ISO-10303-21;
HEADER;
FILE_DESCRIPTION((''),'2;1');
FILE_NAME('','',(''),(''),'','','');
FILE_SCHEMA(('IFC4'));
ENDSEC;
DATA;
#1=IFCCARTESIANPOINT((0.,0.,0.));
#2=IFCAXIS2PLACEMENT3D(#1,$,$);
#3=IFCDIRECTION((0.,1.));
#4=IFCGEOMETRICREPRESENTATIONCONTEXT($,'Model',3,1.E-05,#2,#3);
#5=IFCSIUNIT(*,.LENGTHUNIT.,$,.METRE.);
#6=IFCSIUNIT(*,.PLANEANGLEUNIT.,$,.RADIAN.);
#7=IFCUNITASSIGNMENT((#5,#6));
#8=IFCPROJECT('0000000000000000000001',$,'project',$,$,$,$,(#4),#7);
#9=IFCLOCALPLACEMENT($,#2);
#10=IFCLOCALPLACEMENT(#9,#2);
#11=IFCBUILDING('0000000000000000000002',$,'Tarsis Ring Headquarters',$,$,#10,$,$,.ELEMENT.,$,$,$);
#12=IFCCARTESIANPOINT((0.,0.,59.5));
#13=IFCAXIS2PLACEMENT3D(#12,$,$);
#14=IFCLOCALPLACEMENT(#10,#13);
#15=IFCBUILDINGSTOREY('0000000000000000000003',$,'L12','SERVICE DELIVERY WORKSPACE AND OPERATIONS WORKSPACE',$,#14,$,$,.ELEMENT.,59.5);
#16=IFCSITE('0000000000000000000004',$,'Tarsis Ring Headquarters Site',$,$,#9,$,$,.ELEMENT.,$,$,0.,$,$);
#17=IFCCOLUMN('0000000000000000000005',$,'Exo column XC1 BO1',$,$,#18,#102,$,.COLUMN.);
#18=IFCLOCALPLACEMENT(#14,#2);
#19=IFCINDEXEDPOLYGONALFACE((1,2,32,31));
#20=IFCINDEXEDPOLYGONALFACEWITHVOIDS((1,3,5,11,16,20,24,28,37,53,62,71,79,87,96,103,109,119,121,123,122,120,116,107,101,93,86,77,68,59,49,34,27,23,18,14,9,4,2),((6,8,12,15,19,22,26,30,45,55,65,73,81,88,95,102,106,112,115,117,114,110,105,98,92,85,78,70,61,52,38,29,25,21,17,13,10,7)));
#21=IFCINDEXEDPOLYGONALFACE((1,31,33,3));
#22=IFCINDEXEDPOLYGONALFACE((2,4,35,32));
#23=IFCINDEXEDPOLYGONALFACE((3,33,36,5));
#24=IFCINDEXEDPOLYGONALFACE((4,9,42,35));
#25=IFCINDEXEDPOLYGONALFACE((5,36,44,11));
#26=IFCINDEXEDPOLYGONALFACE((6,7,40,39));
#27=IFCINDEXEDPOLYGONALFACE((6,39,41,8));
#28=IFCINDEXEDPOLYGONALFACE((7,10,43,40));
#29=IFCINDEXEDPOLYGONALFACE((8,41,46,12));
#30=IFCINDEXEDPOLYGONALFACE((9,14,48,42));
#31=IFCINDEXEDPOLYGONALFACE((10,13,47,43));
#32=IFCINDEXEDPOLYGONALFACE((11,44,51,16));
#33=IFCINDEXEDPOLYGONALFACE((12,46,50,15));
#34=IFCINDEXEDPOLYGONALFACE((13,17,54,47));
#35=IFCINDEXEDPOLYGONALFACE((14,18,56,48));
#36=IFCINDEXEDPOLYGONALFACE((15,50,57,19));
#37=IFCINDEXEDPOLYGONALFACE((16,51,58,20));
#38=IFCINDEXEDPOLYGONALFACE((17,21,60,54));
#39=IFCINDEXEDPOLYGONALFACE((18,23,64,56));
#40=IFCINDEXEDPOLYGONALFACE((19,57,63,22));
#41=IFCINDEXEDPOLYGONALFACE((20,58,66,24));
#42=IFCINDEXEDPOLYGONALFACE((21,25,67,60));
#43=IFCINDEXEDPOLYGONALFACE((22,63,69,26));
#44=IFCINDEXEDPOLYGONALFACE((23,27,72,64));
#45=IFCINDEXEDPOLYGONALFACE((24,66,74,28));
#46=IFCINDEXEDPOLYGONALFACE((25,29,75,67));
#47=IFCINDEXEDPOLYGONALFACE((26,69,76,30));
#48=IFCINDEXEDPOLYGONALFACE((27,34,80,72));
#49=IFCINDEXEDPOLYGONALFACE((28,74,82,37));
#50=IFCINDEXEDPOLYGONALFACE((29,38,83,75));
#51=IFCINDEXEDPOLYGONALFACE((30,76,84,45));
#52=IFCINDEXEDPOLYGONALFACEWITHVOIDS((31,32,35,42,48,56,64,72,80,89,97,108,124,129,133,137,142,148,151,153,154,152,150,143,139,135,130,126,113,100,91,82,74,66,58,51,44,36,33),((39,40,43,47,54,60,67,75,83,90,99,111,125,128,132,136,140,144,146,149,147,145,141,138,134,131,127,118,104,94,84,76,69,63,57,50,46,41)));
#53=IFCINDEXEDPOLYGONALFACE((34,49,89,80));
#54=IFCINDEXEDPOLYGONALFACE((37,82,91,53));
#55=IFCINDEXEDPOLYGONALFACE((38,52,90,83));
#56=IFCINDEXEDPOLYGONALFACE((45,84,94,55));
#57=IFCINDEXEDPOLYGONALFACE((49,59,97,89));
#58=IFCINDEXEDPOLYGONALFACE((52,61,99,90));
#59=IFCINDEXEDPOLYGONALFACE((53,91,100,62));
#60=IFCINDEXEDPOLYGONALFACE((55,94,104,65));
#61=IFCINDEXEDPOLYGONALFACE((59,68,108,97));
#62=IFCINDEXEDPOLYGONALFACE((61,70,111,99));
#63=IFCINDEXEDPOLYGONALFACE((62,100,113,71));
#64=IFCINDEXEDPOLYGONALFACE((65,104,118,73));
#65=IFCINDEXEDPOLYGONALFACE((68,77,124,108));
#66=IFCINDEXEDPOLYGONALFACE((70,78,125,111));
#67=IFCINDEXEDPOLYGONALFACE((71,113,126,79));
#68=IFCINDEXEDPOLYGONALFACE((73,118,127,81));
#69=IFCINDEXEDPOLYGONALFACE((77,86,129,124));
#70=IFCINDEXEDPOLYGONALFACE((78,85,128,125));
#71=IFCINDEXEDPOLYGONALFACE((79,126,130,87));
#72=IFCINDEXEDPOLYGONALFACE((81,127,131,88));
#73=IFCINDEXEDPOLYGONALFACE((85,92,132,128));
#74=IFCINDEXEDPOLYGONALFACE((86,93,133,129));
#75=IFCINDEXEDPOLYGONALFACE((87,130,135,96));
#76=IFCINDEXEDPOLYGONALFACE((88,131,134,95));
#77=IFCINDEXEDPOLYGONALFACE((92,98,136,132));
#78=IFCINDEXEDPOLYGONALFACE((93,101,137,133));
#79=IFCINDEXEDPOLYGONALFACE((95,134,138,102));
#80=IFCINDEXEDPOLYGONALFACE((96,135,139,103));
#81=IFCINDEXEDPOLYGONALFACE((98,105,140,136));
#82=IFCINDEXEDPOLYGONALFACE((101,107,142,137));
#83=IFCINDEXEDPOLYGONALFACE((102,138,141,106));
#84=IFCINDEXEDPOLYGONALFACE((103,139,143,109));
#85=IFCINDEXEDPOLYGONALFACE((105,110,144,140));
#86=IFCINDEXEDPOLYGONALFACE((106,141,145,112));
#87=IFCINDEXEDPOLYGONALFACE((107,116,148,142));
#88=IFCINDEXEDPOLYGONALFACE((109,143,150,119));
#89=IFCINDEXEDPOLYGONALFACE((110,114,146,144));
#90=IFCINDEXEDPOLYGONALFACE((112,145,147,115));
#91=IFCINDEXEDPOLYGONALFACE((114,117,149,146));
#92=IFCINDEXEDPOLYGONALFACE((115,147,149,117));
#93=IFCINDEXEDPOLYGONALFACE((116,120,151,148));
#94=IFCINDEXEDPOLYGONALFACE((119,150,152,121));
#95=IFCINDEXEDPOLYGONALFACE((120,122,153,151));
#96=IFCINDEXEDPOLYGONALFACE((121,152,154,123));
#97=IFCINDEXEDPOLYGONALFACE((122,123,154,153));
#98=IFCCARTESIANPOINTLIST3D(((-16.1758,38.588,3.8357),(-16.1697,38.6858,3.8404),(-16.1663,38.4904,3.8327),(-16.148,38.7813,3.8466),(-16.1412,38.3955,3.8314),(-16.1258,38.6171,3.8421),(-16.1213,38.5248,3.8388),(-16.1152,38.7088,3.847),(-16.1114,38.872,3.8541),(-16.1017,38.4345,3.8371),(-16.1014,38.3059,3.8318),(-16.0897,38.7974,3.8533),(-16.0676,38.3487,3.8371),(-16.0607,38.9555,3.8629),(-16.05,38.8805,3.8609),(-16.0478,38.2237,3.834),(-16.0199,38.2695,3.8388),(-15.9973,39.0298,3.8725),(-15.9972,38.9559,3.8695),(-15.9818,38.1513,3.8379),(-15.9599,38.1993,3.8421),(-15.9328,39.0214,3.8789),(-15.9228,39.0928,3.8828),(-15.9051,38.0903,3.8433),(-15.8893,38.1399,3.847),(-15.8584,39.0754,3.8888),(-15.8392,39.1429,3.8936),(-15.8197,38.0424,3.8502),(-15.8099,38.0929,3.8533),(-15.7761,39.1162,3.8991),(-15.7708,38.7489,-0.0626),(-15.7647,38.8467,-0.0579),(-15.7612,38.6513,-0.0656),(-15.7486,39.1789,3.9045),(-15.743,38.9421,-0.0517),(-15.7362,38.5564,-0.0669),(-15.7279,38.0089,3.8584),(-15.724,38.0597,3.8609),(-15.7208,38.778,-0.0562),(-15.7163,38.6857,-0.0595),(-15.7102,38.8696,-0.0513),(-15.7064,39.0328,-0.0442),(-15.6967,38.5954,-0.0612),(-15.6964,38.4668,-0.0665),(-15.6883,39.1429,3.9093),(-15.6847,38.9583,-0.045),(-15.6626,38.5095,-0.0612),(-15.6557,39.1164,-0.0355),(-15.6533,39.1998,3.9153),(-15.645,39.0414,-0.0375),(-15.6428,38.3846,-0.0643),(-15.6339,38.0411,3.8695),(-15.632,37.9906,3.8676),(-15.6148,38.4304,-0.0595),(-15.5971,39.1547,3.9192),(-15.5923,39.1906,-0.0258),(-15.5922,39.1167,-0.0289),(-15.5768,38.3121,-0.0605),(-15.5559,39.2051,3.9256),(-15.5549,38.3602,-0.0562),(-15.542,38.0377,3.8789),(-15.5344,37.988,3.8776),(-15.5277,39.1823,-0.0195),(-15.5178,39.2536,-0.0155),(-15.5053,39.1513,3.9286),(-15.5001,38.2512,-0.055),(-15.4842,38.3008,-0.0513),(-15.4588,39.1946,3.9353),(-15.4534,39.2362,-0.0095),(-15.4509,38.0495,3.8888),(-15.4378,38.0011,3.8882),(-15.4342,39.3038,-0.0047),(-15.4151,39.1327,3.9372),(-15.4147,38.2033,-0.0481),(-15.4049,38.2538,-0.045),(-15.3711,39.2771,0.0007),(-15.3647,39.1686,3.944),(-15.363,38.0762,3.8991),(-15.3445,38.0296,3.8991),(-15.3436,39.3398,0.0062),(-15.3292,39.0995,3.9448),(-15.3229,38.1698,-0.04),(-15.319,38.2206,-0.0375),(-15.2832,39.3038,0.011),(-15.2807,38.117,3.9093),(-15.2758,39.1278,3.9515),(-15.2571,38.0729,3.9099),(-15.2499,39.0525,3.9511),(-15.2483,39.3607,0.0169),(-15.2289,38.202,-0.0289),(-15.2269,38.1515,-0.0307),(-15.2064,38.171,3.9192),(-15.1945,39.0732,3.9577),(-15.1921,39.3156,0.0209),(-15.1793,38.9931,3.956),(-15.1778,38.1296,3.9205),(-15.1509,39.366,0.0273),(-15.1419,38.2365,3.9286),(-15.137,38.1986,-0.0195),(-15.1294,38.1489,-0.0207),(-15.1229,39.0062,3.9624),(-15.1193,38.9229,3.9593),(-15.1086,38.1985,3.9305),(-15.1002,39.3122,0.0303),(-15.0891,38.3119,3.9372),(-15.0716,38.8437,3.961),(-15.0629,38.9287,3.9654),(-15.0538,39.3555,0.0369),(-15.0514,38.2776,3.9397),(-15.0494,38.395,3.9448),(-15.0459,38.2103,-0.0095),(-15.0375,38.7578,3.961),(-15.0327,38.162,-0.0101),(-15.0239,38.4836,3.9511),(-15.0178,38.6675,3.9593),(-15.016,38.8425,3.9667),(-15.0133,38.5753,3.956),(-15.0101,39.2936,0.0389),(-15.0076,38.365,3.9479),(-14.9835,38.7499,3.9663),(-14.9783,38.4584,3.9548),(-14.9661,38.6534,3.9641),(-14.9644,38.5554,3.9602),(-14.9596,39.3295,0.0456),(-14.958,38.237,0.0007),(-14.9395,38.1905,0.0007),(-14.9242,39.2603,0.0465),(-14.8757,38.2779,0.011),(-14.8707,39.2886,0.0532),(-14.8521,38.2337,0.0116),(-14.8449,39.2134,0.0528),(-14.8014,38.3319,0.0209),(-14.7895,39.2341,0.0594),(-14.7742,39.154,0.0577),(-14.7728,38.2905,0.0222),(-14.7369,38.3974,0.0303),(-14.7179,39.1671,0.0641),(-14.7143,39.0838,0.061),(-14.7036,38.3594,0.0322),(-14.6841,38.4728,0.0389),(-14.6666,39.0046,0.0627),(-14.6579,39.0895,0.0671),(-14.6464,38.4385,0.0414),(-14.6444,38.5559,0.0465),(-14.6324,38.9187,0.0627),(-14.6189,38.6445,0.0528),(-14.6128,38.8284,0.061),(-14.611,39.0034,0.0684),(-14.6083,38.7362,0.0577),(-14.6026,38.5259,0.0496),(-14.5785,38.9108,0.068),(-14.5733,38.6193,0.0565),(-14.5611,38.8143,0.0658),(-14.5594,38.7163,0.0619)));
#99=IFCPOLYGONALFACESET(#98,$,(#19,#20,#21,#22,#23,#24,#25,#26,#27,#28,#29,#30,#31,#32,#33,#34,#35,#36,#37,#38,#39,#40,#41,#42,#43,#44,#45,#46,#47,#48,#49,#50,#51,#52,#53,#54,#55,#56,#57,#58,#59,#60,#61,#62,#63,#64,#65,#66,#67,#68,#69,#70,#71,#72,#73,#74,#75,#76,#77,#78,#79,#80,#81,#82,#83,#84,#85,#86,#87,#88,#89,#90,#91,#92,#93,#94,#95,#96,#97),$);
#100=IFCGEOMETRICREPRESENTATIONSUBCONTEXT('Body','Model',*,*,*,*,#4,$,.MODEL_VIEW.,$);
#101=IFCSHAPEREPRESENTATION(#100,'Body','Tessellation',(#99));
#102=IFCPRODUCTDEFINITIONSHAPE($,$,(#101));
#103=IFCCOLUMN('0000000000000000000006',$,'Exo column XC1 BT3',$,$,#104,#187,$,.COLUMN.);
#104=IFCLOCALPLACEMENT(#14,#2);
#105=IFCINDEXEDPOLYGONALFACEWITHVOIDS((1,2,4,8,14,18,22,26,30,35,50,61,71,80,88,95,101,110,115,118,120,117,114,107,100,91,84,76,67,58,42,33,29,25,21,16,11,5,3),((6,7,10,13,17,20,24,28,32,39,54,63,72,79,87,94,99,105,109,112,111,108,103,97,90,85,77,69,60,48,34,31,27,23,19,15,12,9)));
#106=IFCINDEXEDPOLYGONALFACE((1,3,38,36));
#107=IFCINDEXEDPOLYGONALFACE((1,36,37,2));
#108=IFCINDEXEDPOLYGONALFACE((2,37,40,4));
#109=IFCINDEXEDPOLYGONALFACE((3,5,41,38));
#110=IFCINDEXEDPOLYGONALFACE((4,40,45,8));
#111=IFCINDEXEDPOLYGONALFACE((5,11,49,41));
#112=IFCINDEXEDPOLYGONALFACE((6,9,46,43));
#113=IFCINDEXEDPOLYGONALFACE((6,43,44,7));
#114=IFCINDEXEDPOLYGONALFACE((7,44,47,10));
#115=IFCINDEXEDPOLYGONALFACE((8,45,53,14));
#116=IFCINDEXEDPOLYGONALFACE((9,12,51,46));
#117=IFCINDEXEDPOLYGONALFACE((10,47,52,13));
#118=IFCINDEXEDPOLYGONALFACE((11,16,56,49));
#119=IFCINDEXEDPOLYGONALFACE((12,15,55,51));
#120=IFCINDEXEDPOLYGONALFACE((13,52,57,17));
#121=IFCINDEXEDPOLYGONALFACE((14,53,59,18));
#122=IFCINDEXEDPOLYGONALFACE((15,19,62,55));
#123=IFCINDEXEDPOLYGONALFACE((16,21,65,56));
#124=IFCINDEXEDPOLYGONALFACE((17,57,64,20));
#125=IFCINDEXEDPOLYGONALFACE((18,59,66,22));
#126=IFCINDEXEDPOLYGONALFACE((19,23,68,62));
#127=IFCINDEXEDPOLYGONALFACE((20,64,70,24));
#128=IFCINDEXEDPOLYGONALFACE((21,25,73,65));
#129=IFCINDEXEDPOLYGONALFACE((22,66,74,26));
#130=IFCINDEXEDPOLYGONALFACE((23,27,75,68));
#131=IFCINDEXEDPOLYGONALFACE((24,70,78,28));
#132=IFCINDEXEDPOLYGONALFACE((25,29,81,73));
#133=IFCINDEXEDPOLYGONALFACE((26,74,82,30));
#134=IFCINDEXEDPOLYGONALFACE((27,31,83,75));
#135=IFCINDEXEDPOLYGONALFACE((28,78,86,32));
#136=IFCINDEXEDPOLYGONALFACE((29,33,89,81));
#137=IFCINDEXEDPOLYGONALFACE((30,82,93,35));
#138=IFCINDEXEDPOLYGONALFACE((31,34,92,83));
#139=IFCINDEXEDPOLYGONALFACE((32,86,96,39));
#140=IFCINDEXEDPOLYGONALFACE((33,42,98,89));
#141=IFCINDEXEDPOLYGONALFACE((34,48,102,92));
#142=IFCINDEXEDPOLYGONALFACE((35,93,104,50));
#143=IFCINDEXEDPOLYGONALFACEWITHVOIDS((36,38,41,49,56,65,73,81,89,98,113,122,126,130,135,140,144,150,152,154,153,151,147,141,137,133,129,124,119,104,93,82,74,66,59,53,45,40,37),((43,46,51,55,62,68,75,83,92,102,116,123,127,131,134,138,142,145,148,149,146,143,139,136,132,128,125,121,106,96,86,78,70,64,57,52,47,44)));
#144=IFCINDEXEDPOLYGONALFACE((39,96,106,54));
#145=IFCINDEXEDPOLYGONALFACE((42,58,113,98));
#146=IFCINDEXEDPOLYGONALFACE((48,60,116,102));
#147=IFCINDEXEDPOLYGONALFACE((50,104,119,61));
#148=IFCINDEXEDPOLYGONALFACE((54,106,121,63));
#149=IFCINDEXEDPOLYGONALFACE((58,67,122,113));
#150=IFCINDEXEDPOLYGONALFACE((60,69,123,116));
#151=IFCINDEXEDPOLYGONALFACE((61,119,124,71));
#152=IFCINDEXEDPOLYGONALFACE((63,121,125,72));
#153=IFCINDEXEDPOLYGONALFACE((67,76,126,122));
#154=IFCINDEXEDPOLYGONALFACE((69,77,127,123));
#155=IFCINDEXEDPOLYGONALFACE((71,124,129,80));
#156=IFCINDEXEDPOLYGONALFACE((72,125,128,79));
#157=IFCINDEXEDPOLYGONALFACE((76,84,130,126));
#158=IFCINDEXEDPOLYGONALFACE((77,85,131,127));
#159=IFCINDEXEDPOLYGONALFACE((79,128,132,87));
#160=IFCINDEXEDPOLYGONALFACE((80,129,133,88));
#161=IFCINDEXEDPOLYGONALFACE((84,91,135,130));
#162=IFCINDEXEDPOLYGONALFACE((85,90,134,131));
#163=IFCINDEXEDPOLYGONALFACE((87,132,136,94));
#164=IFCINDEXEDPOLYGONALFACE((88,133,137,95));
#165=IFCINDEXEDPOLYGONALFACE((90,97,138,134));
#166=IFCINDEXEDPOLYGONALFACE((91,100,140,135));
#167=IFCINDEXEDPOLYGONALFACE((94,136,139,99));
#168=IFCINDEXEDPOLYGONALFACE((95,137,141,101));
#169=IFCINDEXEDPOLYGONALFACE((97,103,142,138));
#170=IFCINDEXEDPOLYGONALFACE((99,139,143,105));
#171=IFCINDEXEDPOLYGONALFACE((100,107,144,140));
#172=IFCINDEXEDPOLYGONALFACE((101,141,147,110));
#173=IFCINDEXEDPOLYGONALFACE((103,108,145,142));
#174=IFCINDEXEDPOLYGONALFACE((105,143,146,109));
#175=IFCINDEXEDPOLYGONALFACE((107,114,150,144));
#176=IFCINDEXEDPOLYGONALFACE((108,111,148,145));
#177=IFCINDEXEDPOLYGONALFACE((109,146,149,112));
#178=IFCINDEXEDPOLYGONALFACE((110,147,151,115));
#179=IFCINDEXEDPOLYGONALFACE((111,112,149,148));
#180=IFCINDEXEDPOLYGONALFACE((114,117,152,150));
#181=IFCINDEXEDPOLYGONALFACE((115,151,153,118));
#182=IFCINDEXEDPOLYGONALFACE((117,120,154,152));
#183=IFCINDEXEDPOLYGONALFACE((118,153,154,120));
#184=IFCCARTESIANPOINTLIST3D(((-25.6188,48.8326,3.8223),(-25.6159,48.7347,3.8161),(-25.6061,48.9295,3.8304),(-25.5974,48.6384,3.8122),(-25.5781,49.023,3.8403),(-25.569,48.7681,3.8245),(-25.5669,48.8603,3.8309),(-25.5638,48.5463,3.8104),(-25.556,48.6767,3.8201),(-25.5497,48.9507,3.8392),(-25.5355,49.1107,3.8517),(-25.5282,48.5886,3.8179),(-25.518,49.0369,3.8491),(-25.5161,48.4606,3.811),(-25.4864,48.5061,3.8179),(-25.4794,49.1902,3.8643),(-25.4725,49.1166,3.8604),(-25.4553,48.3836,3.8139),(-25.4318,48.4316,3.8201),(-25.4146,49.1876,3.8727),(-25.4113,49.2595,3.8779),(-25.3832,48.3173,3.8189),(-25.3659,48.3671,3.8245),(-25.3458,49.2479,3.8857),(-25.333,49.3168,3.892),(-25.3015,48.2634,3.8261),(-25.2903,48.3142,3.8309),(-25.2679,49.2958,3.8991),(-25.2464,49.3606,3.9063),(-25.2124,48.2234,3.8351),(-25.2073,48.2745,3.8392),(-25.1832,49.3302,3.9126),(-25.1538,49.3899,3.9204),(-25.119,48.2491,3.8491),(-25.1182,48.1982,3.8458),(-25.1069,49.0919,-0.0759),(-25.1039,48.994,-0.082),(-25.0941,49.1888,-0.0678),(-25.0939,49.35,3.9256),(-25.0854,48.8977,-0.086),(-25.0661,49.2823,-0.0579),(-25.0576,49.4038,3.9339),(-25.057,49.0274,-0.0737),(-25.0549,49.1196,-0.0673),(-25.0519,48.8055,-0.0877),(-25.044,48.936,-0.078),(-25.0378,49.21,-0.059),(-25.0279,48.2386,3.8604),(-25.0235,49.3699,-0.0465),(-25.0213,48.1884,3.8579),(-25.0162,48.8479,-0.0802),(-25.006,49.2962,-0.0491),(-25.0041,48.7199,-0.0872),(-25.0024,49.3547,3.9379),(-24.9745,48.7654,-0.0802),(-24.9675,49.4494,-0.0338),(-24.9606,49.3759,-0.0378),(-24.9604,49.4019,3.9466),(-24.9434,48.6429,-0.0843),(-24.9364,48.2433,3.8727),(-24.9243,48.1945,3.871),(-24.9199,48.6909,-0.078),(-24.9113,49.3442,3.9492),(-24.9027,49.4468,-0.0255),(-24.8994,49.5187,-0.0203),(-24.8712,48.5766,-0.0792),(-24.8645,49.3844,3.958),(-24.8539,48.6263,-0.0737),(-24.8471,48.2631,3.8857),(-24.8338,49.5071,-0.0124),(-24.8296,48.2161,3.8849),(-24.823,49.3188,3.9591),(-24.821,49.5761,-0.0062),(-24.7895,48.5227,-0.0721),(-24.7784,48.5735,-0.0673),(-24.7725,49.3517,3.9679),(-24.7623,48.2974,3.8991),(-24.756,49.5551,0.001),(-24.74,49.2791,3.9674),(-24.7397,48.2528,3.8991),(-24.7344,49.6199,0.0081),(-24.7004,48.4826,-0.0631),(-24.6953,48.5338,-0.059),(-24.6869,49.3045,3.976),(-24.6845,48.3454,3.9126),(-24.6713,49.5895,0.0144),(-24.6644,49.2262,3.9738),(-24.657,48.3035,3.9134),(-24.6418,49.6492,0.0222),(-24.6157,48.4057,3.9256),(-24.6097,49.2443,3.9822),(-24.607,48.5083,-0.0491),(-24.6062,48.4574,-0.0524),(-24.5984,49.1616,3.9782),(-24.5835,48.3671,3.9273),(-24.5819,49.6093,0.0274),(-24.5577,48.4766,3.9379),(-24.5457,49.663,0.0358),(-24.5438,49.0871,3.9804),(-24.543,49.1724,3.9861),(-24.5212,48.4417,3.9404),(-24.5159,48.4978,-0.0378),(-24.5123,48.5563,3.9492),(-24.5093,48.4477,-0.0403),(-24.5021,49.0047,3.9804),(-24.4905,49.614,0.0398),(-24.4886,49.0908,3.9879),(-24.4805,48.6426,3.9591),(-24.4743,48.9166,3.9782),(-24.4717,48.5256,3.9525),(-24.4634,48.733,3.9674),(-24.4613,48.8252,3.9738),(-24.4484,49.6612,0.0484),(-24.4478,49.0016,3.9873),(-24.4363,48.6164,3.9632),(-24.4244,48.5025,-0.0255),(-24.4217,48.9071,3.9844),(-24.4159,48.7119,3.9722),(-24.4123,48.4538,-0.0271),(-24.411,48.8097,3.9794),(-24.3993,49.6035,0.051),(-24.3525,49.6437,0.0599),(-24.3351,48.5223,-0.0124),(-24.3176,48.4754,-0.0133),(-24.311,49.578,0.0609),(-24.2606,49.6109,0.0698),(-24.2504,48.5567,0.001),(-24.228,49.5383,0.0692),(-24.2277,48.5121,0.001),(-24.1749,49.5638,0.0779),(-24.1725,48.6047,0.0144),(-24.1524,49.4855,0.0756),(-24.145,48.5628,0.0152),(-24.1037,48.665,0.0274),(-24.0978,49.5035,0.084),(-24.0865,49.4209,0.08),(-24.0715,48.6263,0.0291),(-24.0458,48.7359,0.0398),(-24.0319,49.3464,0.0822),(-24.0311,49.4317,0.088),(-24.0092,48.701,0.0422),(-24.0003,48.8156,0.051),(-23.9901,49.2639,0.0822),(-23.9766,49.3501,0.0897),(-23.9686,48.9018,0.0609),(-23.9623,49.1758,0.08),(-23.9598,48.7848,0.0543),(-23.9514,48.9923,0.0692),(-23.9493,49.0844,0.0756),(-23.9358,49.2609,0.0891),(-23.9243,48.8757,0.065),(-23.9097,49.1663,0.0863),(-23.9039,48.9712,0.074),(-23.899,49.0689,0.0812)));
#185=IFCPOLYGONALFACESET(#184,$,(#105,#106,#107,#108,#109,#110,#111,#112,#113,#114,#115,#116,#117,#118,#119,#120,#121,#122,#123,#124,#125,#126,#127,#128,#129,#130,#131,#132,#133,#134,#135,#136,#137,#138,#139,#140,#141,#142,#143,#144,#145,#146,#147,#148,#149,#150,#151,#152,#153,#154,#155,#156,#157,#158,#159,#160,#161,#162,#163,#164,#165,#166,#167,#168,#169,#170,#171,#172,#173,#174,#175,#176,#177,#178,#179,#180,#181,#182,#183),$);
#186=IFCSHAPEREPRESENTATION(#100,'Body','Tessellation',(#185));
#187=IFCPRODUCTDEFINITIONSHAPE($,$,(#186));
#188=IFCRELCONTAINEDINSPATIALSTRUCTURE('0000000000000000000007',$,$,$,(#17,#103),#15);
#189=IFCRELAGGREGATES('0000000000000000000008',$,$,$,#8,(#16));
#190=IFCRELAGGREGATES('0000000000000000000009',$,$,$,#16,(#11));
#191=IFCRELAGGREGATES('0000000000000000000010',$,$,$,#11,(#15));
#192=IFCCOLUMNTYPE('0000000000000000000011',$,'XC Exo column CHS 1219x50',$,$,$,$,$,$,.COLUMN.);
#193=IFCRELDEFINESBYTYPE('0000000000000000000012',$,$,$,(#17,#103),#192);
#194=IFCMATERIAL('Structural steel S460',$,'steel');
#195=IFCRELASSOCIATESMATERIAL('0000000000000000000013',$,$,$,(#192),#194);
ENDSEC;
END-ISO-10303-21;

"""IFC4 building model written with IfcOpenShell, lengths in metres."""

from ifc_helpers import new_model, si_unit, direction, frame, origin, origin_2d, place, context, subcontext, project, spatial, hollow_circle, extrude, material, material_profile, profile_set, type_object, element, save


model = new_model("IFC4")

# Units and contexts
model_context = context("Model", 3, precision=1e-05, world=origin(), true_north=direction((0.0, 1.0)))
body_context = subcontext(model_context, "Body", "Model", "MODEL_VIEW")
ifc_project = project(units=[si_unit("LENGTHUNIT", "METRE"), si_unit("PLANEANGLEUNIT", "RADIAN")], contexts=[model_context])

# Site, building, storey
site_placement = place(None, origin())
site = spatial("IfcSite", under=ifc_project, at=site_placement, Name="Tarsis Ring Headquarters Site", CompositionType="ELEMENT", RefElevation=0.0)
building_placement = place(site_placement, origin())
building = spatial("IfcBuilding", under=site, at=building_placement, Name="Tarsis Ring Headquarters", CompositionType="ELEMENT")
storey_placement = place(building_placement, frame((0.0, 0.0, 59.5)))
storey = spatial("IfcBuildingStorey", under=building, at=storey_placement, Name="L12", Description="SERVICE DELIVERY WORKSPACE AND OPERATIONS WORKSPACE", CompositionType="ELEMENT", Elevation=59.5)

# Columns
ifc_material_1 = material(Name="Structural steel S460", Category="steel")
ifc_material_profile_1 = material_profile(ifc_material_1, hollow_circle(Radius=0.6096, WallThickness=0.05, at=origin_2d()), Name="CHS 1219x50")
ifc_profile_set_1 = profile_set([ifc_material_profile_1], Name="Structural steel S460")
column_type = type_object("IfcColumnType", Name="XC Exo column CHS 1219x50", PredefinedType="COLUMN", material=ifc_profile_set_1)
column_1_placement = place(storey_placement, frame((-15.1646, 38.7571, 0.0007), z_axis=(-0.103252, -0.041015, 0.993809), x_axis=(0.369168, -0.929363, 0.0)))
element("IfcColumn", 1, at=column_1_placement, inside=storey, type_object=column_type, Name="Exo column XC1 BO1", PredefinedType="COLUMN", context=body_context, shape_type="SweptSolid", body=[
    extrude(hollow_circle(Radius=0.6096, WallThickness=0.05, at=origin_2d()), origin(), (0.0, 0.0, 1.0), 3.9226),
])
column_2_placement = place(storey_placement, frame((-24.5032, 49.0559, 0.001), z_axis=(-0.129933, -0.065803, 0.989337), x_axis=(0.451802, -0.892118, 0.0)))
element("IfcColumn", 2, at=column_2_placement, inside=storey, type_object=column_type, Name="Exo column XC1 BT3", PredefinedType="COLUMN", context=body_context, shape_type="SweptSolid", body=[
    extrude(hollow_circle(Radius=0.6096, WallThickness=0.05, at=origin_2d()), origin(), (0.0, 0.0, 1.0), 3.9402),
])

save(model, "model.ifc")
